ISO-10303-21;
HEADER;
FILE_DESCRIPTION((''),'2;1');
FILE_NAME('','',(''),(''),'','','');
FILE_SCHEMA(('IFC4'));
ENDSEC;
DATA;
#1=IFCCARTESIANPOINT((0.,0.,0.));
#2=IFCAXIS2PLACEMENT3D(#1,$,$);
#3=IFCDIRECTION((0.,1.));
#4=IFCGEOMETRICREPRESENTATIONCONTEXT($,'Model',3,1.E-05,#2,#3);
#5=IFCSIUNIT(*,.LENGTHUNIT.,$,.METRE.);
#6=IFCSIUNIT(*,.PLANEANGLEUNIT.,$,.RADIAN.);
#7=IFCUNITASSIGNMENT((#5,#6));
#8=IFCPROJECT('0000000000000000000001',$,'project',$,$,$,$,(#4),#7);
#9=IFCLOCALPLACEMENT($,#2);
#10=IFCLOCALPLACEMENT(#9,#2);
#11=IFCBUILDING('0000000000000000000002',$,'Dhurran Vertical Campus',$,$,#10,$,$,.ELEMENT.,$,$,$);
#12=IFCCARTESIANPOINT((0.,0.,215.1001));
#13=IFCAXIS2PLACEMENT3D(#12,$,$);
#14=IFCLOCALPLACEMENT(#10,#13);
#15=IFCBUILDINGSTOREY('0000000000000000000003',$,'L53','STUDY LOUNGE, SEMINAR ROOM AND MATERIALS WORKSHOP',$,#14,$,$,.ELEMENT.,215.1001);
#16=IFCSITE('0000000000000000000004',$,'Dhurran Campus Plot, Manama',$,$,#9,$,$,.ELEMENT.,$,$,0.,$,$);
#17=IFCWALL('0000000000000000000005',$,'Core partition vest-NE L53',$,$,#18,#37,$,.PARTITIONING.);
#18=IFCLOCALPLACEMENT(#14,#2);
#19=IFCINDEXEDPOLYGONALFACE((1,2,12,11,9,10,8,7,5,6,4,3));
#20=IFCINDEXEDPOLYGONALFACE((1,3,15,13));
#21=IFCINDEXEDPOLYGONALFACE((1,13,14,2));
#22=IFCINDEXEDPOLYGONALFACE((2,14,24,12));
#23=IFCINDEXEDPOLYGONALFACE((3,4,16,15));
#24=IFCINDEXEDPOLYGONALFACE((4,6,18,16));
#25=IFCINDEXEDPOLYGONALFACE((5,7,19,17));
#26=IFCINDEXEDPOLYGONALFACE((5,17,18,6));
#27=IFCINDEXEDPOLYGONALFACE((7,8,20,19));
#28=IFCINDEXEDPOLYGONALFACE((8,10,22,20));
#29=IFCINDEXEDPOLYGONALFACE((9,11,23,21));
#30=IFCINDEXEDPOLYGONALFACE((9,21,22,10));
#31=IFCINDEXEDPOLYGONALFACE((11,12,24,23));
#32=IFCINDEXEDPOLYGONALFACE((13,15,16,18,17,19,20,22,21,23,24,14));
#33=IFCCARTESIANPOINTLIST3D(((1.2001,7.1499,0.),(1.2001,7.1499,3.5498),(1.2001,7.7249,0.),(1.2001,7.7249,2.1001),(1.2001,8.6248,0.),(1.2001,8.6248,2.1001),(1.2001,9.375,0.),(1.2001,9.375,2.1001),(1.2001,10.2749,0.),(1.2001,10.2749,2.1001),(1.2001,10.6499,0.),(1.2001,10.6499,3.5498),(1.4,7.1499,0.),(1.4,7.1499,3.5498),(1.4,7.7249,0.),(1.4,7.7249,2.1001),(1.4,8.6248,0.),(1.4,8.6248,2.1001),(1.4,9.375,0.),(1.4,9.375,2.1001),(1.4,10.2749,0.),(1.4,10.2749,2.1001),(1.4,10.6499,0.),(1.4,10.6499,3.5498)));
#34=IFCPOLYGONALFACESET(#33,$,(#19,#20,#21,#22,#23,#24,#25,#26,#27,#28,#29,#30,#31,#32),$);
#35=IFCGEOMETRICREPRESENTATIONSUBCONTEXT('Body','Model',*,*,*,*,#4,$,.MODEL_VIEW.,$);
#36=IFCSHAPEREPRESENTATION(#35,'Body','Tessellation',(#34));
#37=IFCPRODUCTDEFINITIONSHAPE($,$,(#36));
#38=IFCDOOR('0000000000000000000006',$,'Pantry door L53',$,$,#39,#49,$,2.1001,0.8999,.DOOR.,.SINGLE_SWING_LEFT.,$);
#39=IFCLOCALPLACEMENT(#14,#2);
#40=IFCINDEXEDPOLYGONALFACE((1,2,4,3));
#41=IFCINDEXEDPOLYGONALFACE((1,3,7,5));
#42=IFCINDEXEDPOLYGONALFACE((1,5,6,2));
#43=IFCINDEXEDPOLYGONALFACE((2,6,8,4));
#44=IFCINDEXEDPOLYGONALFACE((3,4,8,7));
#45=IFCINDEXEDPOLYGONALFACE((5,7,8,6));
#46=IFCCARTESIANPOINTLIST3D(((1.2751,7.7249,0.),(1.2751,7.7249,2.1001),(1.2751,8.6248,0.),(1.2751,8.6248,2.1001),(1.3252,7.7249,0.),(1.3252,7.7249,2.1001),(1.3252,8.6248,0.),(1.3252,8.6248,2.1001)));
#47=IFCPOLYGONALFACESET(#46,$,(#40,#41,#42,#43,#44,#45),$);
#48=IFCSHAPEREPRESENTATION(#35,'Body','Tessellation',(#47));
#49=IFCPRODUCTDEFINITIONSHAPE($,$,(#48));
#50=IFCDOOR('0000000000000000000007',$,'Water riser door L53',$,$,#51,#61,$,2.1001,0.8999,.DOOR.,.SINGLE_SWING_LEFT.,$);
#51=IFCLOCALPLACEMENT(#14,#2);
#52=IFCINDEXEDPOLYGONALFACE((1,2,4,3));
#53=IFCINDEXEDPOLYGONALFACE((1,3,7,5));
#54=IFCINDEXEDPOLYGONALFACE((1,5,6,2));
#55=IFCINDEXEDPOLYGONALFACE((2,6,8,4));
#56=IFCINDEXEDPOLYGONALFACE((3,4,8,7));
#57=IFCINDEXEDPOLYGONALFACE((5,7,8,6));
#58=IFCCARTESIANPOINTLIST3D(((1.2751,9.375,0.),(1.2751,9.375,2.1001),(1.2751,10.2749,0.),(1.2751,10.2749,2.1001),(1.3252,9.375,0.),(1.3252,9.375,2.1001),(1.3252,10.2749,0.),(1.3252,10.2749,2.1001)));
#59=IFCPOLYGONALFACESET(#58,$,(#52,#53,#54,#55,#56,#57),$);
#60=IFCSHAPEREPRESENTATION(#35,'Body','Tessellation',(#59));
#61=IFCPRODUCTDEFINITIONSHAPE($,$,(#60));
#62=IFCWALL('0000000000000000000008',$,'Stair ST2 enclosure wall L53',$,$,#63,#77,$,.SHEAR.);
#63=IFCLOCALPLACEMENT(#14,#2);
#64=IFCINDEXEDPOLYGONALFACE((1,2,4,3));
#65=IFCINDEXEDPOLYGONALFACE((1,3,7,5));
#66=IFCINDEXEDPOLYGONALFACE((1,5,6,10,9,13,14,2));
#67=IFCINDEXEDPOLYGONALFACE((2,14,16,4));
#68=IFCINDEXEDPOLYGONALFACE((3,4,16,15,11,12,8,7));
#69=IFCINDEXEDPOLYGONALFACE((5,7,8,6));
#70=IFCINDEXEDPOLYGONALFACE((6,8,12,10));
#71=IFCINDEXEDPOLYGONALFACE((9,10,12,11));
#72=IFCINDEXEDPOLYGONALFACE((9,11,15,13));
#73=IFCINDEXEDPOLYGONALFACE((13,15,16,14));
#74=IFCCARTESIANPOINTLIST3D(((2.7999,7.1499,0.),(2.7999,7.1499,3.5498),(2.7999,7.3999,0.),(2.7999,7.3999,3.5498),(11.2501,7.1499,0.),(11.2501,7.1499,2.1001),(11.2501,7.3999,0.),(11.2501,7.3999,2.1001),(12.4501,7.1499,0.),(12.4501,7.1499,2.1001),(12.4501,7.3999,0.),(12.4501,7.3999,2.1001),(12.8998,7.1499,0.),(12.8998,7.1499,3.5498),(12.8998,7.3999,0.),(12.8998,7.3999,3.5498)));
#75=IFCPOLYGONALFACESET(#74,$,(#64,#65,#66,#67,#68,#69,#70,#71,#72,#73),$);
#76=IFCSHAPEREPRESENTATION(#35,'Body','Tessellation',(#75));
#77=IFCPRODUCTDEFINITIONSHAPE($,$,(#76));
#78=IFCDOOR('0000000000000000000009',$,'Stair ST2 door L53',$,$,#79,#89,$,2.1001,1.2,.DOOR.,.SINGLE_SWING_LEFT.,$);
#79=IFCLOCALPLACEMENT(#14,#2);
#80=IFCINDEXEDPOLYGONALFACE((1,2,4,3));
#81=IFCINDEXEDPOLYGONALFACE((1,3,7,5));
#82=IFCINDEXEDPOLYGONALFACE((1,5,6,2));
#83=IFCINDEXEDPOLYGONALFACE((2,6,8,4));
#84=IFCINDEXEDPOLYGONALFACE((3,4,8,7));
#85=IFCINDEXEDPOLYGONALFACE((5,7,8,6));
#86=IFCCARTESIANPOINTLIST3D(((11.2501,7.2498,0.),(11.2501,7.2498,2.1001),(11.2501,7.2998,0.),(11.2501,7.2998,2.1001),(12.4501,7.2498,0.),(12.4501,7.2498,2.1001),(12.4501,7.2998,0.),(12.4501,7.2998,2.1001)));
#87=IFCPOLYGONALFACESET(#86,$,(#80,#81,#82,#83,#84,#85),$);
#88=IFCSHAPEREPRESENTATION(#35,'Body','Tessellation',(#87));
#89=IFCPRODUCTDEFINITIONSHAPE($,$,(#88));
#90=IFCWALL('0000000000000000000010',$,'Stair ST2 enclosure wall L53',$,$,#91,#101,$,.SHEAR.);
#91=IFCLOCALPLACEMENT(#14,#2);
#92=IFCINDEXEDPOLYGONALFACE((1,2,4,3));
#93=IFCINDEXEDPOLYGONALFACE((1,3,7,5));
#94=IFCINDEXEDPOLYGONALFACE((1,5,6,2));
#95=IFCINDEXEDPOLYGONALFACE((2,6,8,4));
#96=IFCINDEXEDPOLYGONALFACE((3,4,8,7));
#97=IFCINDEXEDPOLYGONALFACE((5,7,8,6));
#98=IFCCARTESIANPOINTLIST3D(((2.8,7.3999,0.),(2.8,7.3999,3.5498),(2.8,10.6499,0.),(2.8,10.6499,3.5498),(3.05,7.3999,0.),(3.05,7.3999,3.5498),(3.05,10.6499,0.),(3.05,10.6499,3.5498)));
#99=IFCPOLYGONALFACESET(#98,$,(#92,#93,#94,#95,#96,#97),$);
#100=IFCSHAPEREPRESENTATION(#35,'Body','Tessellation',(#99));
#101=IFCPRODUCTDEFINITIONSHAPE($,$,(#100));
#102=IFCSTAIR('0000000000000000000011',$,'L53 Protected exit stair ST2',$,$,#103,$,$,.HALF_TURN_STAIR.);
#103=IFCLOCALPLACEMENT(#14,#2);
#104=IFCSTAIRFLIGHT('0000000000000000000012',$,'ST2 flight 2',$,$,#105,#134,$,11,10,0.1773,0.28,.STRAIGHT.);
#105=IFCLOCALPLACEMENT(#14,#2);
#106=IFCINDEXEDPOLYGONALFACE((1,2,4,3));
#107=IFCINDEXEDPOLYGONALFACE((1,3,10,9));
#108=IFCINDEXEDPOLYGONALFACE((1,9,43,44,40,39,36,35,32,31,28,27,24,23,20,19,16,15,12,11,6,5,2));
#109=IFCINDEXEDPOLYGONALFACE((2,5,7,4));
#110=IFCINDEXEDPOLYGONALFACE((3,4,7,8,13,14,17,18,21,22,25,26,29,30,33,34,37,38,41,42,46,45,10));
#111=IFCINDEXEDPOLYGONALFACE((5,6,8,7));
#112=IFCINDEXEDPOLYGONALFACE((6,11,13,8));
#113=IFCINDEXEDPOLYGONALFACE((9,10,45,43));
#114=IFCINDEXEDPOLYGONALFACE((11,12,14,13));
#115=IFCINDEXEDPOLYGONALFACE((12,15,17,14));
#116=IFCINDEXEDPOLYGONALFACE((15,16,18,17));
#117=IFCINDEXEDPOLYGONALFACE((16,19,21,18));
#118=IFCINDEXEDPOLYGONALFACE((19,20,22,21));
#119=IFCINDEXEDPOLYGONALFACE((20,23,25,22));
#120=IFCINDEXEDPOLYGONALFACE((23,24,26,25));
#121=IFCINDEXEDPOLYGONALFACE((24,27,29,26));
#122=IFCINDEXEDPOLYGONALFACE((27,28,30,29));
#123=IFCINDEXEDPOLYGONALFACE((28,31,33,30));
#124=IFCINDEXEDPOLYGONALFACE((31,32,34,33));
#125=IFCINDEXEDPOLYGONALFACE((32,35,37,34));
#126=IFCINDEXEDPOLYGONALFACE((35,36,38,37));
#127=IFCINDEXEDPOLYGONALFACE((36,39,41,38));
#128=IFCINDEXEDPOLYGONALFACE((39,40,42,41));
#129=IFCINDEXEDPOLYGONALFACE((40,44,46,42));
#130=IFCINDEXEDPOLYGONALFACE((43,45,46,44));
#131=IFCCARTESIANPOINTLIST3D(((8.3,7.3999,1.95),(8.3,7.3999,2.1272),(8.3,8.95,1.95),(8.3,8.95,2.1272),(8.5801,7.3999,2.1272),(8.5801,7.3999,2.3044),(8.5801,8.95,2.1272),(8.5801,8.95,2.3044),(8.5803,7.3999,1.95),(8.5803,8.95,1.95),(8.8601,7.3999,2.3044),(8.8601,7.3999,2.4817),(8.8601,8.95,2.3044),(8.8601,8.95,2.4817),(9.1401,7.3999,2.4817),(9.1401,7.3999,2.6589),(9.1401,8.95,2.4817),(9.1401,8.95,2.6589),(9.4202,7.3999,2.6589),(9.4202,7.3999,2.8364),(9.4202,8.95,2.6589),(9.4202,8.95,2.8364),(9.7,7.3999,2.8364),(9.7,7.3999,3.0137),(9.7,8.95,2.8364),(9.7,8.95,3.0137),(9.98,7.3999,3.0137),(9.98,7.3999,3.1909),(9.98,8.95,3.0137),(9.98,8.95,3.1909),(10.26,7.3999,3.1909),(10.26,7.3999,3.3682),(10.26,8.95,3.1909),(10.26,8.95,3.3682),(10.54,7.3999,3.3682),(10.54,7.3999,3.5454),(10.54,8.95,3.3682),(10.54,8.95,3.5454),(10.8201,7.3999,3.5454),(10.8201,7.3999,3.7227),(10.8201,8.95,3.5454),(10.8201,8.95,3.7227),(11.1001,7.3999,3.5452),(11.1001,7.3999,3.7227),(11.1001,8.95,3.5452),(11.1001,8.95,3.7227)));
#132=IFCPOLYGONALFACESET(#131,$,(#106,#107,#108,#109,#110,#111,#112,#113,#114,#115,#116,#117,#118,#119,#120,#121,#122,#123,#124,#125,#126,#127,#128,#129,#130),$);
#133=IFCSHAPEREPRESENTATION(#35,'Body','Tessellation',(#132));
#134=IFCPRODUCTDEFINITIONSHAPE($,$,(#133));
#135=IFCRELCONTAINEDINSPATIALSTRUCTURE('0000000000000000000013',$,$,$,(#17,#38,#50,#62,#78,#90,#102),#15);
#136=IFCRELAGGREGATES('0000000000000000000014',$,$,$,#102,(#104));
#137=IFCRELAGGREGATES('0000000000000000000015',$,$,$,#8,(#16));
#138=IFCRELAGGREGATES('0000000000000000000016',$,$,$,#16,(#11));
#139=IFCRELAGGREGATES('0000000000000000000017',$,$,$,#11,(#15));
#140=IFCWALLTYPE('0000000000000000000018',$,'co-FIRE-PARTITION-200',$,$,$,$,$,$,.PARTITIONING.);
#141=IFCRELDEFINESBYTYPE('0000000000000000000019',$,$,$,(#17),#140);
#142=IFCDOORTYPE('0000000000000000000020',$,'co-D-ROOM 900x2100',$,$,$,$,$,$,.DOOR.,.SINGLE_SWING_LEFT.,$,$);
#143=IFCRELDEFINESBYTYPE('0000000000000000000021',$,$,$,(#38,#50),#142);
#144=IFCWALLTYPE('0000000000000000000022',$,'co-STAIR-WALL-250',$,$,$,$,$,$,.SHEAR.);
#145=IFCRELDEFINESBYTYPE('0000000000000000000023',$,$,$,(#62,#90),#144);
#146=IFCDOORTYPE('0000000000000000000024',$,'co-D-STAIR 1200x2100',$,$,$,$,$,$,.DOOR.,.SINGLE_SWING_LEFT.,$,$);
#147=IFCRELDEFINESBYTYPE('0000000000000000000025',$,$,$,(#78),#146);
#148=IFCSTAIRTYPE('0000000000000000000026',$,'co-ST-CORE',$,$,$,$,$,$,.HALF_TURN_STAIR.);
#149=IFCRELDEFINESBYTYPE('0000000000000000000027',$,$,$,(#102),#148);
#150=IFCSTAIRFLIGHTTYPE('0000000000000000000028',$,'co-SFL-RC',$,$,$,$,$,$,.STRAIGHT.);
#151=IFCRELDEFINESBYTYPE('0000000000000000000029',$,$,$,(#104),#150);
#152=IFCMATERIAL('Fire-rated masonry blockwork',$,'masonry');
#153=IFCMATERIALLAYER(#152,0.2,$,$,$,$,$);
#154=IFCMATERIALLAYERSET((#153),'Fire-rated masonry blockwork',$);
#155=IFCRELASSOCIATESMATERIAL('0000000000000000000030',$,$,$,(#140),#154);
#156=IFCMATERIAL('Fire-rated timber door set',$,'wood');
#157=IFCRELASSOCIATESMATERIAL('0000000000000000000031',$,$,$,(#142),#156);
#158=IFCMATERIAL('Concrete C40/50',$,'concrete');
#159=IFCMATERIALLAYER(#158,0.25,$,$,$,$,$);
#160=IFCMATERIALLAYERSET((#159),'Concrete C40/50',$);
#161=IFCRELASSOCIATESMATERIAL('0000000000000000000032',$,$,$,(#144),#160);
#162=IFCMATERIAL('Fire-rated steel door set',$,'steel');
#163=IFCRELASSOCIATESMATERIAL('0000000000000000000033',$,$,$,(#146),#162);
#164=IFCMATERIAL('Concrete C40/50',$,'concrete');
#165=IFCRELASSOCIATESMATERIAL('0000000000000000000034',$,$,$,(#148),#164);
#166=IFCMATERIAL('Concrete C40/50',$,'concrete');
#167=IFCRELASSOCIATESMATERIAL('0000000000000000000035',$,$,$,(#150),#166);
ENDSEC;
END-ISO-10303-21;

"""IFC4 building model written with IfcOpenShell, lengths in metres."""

from ifc_helpers import new_model, si_unit, direction, frame, frame_2d, origin, place, context, subcontext, project, spatial, polyline, rectangle, outline, extrude, material, layer, layer_set, type_object, element, fill, aggregate, save


model = new_model("IFC4")

# Units and contexts
model_context = context("Model", 3, precision=1e-05, world=origin(), true_north=direction((0.0, 1.0)))
body_context = subcontext(model_context, "Body", "Model", "MODEL_VIEW")
ifc_project = project(units=[si_unit("LENGTHUNIT", "METRE"), si_unit("PLANEANGLEUNIT", "RADIAN")], contexts=[model_context])

# Site, building, storey
site_placement = place(None, origin())
site = spatial("IfcSite", under=ifc_project, at=site_placement, Name="Dhurran Campus Plot, Manama", CompositionType="ELEMENT", RefElevation=0.0)
building_placement = place(site_placement, origin())
building = spatial("IfcBuilding", under=site, at=building_placement, Name="Dhurran Vertical Campus", CompositionType="ELEMENT")
storey_placement = place(building_placement, frame((0.0, 0.0, 215.1001)))
storey = spatial("IfcBuildingStorey", under=building, at=storey_placement, Name="L53", Description="STUDY LOUNGE, SEMINAR ROOM AND MATERIALS WORKSHOP", CompositionType="ELEMENT", Elevation=215.1001)

# Shared definitions
ifc_material_1 = material(Name="Fire-rated masonry blockwork", Category="masonry")
ifc_layer_1 = layer(ifc_material_1, 0.2)
ifc_layer_set_1 = layer_set([ifc_layer_1], Name="Fire-rated masonry blockwork")
wall_type_1 = type_object("IfcWallType", Name="co-FIRE-PARTITION-200", PredefinedType="PARTITIONING", material=ifc_layer_set_1)

# Wall, openings, doors
wall_1_placement = place(storey_placement, frame((1.3, 7.1499, 0.0), z_axis=(0.0, 0.0, 1.0), x_axis=(0.0, 1.0, 0.0)))
wall_1 = element("IfcWall", 1, at=wall_1_placement, inside=storey, type_object=wall_type_1, Name="Core partition vest-NE L53", PredefinedType="PARTITIONING", context=body_context, shape_type="SweptSolid", body=[
    extrude(rectangle(XDim=3.5, YDim=0.2, at=frame_2d((1.75, 0.0))), origin(), (0.0, 0.0, 1.0), 3.5498),
])
opening_1_placement = place(wall_1_placement, frame((0.575, 0.0, 0.0)))
opening_1 = element("IfcOpeningElement", 2, at=opening_1_placement, cuts=wall_1, PredefinedType="OPENING", context=body_context, shape_type="SweptSolid", body=[
    extrude(rectangle(XDim=0.8999, YDim=2.1001, at=frame_2d((0.45, 1.05))), frame((0.0, 0.1099, 0.0), z_axis=(0.0, -1.0, 0.0), x_axis=(1.0, 0.0, 0.0)), (0.0, 0.0, 1.0), 0.22),
])
opening_2_placement = place(wall_1_placement, frame((2.2251, 0.0, 0.0)))
opening_2 = element("IfcOpeningElement", 3, at=opening_2_placement, cuts=wall_1, PredefinedType="OPENING", context=body_context, shape_type="SweptSolid", body=[
    extrude(rectangle(XDim=0.8999, YDim=2.1001, at=frame_2d((0.45, 1.05))), frame((0.0, 0.1099, 0.0), z_axis=(0.0, -1.0, 0.0), x_axis=(1.0, 0.0, 0.0)), (0.0, 0.0, 1.0), 0.22),
])
ifc_material_2 = material(Name="Fire-rated timber door set", Category="wood")
door_type_1 = type_object("IfcDoorType", Name="co-D-ROOM 900x2100", OperationType="SINGLE_SWING_LEFT", PredefinedType="DOOR", material=ifc_material_2)
door_1_placement = place(opening_1_placement, origin())
door_1 = element("IfcDoor", 4, at=door_1_placement, inside=storey, type_object=door_type_1, Name="Pantry door L53", OperationType="SINGLE_SWING_LEFT", OverallHeight=2.1001, OverallWidth=0.8999, PredefinedType="DOOR", context=body_context, shape_type="SweptSolid", body=[
    extrude(rectangle(XDim=0.8999, YDim=2.1001, at=frame_2d((0.45, 1.05))), frame((0.0, 0.0249, 0.0), z_axis=(0.0, -1.0, 0.0), x_axis=(1.0, 0.0, 0.0)), (0.0, 0.0, 1.0), 0.05),
])
fill(opening_1, door_1)
door_2_placement = place(opening_2_placement, origin())
door_2 = element("IfcDoor", 5, at=door_2_placement, inside=storey, type_object=door_type_1, Name="Water riser door L53", OperationType="SINGLE_SWING_LEFT", OverallHeight=2.1001, OverallWidth=0.8999, PredefinedType="DOOR", context=body_context, shape_type="SweptSolid", body=[
    extrude(rectangle(XDim=0.8999, YDim=2.1001, at=frame_2d((0.45, 1.05))), frame((0.0, 0.0249, 0.0), z_axis=(0.0, -1.0, 0.0), x_axis=(1.0, 0.0, 0.0)), (0.0, 0.0, 1.0), 0.05),
])
fill(opening_2, door_2)

# Wall, opening, door
ifc_material_3 = material(Name="Concrete C40/50", Category="concrete")
ifc_layer_2 = layer(ifc_material_3, 0.25)
ifc_layer_set_2 = layer_set([ifc_layer_2], Name="Concrete C40/50")
wall_type_2 = type_object("IfcWallType", Name="co-STAIR-WALL-250", PredefinedType="SHEAR", material=ifc_layer_set_2)
wall_2_placement = place(storey_placement, frame((2.8, 7.2749, 0.0), z_axis=(0.0, 0.0, 1.0), x_axis=(1.0, 0.0, 0.0)))
wall_2 = element("IfcWall", 6, at=wall_2_placement, inside=storey, type_object=wall_type_2, Name="Stair ST2 enclosure wall L53", PredefinedType="SHEAR", context=body_context, shape_type="SweptSolid", body=[
    extrude(rectangle(XDim=10.0999, YDim=0.25, at=frame_2d((5.0498, 0.0))), origin(), (0.0, 0.0, 1.0), 3.5498),
])
opening_3_placement = place(wall_2_placement, frame((8.45, 0.0, 0.0)))
opening_3 = element("IfcOpeningElement", 7, at=opening_3_placement, cuts=wall_2, PredefinedType="OPENING", context=body_context, shape_type="SweptSolid", body=[
    extrude(rectangle(XDim=1.2, YDim=2.1001, at=frame_2d((0.6001, 1.05))), frame((0.0, 0.135, 0.0), z_axis=(0.0, -1.0, 0.0), x_axis=(1.0, 0.0, 0.0)), (0.0, 0.0, 1.0), 0.27),
])
ifc_material_4 = material(Name="Fire-rated steel door set", Category="steel")
door_type_2 = type_object("IfcDoorType", Name="co-D-STAIR 1200x2100", OperationType="SINGLE_SWING_LEFT", PredefinedType="DOOR", material=ifc_material_4)
door_3_placement = place(opening_3_placement, origin())
door_3 = element("IfcDoor", 8, at=door_3_placement, inside=storey, type_object=door_type_2, Name="Stair ST2 door L53", OperationType="SINGLE_SWING_LEFT", OverallHeight=2.1001, OverallWidth=1.2, PredefinedType="DOOR", context=body_context, shape_type="SweptSolid", body=[
    extrude(rectangle(XDim=1.2, YDim=2.1001, at=frame_2d((0.6001, 1.05))), frame((0.0, 0.0249, 0.0), z_axis=(0.0, -1.0, 0.0), x_axis=(1.0, 0.0, 0.0)), (0.0, 0.0, 1.0), 0.05),
])
fill(opening_3, door_3)

# Wall
wall_3_placement = place(storey_placement, frame((2.925, 7.3999, 0.0), z_axis=(0.0, 0.0, 1.0), x_axis=(0.0, 1.0, 0.0)))
element("IfcWall", 9, at=wall_3_placement, inside=storey, type_object=wall_type_2, Name="Stair ST2 enclosure wall L53", PredefinedType="SHEAR", context=body_context, shape_type="SweptSolid", body=[
    extrude(rectangle(XDim=3.25, YDim=0.25, at=frame_2d((1.625, 0.0))), origin(), (0.0, 0.0, 1.0), 3.5498),
])

# Stair, stair flight
ifc_material_5 = material(Name="Concrete C40/50", Category="concrete")
stair_type = type_object("IfcStairType", Name="co-ST-CORE", PredefinedType="HALF_TURN_STAIR", material=ifc_material_5)
stair_placement = place(storey_placement, origin())
stair = element("IfcStair", 10, at=stair_placement, inside=storey, type_object=stair_type, Name="L53 Protected exit stair ST2", PredefinedType="HALF_TURN_STAIR")
ifc_material_6 = material(Name="Concrete C40/50", Category="concrete")
stair_flight_type = type_object("IfcStairFlightType", Name="co-SFL-RC", PredefinedType="STRAIGHT", material=ifc_material_6)
stair_flight_placement = place(storey_placement, frame((8.3, 8.175, 1.95), z_axis=(0.0, 0.0, 1.0), x_axis=(1.0, 0.0, 0.0)))
stair_flight = element("IfcStairFlight", 11, at=stair_flight_placement, type_object=stair_flight_type, Name="ST2 flight 2", NumberOfRisers=11, NumberOfTreads=10, PredefinedType="STRAIGHT", RiserHeight=0.1773, TreadLength=0.28, context=body_context, shape_type="SweptSolid", body=[
    extrude(outline(polyline([(0.0, 0.0), (0.0, 0.1772), (0.28, 0.1772), (0.28, 0.3545), (0.5601, 0.3545), (0.5601, 0.5317), (0.8401, 0.5317), (0.8401, 0.709), (1.1201, 0.709), (1.1201, 0.8865), (1.3999, 0.8865), (1.3999, 1.0637), (1.6799, 1.0637), (1.6799, 1.241), (1.96, 1.241), (1.96, 1.4182), (2.24, 1.4182), (2.24, 1.5955), (2.52, 1.5955), (2.52, 1.7727), (2.8, 1.7727), (2.8, 1.95), (2.8, 1.5952), (0.2803, 0.0), (0.0, 0.0)])), frame((0.0, 0.7749, 0.0), z_axis=(0.0, -1.0, 0.0), x_axis=(1.0, 0.0, 0.0)), (0.0, 0.0, 1.0), 1.55),
])
aggregate(stair, [stair_flight])

save(model, "model.ifc")
